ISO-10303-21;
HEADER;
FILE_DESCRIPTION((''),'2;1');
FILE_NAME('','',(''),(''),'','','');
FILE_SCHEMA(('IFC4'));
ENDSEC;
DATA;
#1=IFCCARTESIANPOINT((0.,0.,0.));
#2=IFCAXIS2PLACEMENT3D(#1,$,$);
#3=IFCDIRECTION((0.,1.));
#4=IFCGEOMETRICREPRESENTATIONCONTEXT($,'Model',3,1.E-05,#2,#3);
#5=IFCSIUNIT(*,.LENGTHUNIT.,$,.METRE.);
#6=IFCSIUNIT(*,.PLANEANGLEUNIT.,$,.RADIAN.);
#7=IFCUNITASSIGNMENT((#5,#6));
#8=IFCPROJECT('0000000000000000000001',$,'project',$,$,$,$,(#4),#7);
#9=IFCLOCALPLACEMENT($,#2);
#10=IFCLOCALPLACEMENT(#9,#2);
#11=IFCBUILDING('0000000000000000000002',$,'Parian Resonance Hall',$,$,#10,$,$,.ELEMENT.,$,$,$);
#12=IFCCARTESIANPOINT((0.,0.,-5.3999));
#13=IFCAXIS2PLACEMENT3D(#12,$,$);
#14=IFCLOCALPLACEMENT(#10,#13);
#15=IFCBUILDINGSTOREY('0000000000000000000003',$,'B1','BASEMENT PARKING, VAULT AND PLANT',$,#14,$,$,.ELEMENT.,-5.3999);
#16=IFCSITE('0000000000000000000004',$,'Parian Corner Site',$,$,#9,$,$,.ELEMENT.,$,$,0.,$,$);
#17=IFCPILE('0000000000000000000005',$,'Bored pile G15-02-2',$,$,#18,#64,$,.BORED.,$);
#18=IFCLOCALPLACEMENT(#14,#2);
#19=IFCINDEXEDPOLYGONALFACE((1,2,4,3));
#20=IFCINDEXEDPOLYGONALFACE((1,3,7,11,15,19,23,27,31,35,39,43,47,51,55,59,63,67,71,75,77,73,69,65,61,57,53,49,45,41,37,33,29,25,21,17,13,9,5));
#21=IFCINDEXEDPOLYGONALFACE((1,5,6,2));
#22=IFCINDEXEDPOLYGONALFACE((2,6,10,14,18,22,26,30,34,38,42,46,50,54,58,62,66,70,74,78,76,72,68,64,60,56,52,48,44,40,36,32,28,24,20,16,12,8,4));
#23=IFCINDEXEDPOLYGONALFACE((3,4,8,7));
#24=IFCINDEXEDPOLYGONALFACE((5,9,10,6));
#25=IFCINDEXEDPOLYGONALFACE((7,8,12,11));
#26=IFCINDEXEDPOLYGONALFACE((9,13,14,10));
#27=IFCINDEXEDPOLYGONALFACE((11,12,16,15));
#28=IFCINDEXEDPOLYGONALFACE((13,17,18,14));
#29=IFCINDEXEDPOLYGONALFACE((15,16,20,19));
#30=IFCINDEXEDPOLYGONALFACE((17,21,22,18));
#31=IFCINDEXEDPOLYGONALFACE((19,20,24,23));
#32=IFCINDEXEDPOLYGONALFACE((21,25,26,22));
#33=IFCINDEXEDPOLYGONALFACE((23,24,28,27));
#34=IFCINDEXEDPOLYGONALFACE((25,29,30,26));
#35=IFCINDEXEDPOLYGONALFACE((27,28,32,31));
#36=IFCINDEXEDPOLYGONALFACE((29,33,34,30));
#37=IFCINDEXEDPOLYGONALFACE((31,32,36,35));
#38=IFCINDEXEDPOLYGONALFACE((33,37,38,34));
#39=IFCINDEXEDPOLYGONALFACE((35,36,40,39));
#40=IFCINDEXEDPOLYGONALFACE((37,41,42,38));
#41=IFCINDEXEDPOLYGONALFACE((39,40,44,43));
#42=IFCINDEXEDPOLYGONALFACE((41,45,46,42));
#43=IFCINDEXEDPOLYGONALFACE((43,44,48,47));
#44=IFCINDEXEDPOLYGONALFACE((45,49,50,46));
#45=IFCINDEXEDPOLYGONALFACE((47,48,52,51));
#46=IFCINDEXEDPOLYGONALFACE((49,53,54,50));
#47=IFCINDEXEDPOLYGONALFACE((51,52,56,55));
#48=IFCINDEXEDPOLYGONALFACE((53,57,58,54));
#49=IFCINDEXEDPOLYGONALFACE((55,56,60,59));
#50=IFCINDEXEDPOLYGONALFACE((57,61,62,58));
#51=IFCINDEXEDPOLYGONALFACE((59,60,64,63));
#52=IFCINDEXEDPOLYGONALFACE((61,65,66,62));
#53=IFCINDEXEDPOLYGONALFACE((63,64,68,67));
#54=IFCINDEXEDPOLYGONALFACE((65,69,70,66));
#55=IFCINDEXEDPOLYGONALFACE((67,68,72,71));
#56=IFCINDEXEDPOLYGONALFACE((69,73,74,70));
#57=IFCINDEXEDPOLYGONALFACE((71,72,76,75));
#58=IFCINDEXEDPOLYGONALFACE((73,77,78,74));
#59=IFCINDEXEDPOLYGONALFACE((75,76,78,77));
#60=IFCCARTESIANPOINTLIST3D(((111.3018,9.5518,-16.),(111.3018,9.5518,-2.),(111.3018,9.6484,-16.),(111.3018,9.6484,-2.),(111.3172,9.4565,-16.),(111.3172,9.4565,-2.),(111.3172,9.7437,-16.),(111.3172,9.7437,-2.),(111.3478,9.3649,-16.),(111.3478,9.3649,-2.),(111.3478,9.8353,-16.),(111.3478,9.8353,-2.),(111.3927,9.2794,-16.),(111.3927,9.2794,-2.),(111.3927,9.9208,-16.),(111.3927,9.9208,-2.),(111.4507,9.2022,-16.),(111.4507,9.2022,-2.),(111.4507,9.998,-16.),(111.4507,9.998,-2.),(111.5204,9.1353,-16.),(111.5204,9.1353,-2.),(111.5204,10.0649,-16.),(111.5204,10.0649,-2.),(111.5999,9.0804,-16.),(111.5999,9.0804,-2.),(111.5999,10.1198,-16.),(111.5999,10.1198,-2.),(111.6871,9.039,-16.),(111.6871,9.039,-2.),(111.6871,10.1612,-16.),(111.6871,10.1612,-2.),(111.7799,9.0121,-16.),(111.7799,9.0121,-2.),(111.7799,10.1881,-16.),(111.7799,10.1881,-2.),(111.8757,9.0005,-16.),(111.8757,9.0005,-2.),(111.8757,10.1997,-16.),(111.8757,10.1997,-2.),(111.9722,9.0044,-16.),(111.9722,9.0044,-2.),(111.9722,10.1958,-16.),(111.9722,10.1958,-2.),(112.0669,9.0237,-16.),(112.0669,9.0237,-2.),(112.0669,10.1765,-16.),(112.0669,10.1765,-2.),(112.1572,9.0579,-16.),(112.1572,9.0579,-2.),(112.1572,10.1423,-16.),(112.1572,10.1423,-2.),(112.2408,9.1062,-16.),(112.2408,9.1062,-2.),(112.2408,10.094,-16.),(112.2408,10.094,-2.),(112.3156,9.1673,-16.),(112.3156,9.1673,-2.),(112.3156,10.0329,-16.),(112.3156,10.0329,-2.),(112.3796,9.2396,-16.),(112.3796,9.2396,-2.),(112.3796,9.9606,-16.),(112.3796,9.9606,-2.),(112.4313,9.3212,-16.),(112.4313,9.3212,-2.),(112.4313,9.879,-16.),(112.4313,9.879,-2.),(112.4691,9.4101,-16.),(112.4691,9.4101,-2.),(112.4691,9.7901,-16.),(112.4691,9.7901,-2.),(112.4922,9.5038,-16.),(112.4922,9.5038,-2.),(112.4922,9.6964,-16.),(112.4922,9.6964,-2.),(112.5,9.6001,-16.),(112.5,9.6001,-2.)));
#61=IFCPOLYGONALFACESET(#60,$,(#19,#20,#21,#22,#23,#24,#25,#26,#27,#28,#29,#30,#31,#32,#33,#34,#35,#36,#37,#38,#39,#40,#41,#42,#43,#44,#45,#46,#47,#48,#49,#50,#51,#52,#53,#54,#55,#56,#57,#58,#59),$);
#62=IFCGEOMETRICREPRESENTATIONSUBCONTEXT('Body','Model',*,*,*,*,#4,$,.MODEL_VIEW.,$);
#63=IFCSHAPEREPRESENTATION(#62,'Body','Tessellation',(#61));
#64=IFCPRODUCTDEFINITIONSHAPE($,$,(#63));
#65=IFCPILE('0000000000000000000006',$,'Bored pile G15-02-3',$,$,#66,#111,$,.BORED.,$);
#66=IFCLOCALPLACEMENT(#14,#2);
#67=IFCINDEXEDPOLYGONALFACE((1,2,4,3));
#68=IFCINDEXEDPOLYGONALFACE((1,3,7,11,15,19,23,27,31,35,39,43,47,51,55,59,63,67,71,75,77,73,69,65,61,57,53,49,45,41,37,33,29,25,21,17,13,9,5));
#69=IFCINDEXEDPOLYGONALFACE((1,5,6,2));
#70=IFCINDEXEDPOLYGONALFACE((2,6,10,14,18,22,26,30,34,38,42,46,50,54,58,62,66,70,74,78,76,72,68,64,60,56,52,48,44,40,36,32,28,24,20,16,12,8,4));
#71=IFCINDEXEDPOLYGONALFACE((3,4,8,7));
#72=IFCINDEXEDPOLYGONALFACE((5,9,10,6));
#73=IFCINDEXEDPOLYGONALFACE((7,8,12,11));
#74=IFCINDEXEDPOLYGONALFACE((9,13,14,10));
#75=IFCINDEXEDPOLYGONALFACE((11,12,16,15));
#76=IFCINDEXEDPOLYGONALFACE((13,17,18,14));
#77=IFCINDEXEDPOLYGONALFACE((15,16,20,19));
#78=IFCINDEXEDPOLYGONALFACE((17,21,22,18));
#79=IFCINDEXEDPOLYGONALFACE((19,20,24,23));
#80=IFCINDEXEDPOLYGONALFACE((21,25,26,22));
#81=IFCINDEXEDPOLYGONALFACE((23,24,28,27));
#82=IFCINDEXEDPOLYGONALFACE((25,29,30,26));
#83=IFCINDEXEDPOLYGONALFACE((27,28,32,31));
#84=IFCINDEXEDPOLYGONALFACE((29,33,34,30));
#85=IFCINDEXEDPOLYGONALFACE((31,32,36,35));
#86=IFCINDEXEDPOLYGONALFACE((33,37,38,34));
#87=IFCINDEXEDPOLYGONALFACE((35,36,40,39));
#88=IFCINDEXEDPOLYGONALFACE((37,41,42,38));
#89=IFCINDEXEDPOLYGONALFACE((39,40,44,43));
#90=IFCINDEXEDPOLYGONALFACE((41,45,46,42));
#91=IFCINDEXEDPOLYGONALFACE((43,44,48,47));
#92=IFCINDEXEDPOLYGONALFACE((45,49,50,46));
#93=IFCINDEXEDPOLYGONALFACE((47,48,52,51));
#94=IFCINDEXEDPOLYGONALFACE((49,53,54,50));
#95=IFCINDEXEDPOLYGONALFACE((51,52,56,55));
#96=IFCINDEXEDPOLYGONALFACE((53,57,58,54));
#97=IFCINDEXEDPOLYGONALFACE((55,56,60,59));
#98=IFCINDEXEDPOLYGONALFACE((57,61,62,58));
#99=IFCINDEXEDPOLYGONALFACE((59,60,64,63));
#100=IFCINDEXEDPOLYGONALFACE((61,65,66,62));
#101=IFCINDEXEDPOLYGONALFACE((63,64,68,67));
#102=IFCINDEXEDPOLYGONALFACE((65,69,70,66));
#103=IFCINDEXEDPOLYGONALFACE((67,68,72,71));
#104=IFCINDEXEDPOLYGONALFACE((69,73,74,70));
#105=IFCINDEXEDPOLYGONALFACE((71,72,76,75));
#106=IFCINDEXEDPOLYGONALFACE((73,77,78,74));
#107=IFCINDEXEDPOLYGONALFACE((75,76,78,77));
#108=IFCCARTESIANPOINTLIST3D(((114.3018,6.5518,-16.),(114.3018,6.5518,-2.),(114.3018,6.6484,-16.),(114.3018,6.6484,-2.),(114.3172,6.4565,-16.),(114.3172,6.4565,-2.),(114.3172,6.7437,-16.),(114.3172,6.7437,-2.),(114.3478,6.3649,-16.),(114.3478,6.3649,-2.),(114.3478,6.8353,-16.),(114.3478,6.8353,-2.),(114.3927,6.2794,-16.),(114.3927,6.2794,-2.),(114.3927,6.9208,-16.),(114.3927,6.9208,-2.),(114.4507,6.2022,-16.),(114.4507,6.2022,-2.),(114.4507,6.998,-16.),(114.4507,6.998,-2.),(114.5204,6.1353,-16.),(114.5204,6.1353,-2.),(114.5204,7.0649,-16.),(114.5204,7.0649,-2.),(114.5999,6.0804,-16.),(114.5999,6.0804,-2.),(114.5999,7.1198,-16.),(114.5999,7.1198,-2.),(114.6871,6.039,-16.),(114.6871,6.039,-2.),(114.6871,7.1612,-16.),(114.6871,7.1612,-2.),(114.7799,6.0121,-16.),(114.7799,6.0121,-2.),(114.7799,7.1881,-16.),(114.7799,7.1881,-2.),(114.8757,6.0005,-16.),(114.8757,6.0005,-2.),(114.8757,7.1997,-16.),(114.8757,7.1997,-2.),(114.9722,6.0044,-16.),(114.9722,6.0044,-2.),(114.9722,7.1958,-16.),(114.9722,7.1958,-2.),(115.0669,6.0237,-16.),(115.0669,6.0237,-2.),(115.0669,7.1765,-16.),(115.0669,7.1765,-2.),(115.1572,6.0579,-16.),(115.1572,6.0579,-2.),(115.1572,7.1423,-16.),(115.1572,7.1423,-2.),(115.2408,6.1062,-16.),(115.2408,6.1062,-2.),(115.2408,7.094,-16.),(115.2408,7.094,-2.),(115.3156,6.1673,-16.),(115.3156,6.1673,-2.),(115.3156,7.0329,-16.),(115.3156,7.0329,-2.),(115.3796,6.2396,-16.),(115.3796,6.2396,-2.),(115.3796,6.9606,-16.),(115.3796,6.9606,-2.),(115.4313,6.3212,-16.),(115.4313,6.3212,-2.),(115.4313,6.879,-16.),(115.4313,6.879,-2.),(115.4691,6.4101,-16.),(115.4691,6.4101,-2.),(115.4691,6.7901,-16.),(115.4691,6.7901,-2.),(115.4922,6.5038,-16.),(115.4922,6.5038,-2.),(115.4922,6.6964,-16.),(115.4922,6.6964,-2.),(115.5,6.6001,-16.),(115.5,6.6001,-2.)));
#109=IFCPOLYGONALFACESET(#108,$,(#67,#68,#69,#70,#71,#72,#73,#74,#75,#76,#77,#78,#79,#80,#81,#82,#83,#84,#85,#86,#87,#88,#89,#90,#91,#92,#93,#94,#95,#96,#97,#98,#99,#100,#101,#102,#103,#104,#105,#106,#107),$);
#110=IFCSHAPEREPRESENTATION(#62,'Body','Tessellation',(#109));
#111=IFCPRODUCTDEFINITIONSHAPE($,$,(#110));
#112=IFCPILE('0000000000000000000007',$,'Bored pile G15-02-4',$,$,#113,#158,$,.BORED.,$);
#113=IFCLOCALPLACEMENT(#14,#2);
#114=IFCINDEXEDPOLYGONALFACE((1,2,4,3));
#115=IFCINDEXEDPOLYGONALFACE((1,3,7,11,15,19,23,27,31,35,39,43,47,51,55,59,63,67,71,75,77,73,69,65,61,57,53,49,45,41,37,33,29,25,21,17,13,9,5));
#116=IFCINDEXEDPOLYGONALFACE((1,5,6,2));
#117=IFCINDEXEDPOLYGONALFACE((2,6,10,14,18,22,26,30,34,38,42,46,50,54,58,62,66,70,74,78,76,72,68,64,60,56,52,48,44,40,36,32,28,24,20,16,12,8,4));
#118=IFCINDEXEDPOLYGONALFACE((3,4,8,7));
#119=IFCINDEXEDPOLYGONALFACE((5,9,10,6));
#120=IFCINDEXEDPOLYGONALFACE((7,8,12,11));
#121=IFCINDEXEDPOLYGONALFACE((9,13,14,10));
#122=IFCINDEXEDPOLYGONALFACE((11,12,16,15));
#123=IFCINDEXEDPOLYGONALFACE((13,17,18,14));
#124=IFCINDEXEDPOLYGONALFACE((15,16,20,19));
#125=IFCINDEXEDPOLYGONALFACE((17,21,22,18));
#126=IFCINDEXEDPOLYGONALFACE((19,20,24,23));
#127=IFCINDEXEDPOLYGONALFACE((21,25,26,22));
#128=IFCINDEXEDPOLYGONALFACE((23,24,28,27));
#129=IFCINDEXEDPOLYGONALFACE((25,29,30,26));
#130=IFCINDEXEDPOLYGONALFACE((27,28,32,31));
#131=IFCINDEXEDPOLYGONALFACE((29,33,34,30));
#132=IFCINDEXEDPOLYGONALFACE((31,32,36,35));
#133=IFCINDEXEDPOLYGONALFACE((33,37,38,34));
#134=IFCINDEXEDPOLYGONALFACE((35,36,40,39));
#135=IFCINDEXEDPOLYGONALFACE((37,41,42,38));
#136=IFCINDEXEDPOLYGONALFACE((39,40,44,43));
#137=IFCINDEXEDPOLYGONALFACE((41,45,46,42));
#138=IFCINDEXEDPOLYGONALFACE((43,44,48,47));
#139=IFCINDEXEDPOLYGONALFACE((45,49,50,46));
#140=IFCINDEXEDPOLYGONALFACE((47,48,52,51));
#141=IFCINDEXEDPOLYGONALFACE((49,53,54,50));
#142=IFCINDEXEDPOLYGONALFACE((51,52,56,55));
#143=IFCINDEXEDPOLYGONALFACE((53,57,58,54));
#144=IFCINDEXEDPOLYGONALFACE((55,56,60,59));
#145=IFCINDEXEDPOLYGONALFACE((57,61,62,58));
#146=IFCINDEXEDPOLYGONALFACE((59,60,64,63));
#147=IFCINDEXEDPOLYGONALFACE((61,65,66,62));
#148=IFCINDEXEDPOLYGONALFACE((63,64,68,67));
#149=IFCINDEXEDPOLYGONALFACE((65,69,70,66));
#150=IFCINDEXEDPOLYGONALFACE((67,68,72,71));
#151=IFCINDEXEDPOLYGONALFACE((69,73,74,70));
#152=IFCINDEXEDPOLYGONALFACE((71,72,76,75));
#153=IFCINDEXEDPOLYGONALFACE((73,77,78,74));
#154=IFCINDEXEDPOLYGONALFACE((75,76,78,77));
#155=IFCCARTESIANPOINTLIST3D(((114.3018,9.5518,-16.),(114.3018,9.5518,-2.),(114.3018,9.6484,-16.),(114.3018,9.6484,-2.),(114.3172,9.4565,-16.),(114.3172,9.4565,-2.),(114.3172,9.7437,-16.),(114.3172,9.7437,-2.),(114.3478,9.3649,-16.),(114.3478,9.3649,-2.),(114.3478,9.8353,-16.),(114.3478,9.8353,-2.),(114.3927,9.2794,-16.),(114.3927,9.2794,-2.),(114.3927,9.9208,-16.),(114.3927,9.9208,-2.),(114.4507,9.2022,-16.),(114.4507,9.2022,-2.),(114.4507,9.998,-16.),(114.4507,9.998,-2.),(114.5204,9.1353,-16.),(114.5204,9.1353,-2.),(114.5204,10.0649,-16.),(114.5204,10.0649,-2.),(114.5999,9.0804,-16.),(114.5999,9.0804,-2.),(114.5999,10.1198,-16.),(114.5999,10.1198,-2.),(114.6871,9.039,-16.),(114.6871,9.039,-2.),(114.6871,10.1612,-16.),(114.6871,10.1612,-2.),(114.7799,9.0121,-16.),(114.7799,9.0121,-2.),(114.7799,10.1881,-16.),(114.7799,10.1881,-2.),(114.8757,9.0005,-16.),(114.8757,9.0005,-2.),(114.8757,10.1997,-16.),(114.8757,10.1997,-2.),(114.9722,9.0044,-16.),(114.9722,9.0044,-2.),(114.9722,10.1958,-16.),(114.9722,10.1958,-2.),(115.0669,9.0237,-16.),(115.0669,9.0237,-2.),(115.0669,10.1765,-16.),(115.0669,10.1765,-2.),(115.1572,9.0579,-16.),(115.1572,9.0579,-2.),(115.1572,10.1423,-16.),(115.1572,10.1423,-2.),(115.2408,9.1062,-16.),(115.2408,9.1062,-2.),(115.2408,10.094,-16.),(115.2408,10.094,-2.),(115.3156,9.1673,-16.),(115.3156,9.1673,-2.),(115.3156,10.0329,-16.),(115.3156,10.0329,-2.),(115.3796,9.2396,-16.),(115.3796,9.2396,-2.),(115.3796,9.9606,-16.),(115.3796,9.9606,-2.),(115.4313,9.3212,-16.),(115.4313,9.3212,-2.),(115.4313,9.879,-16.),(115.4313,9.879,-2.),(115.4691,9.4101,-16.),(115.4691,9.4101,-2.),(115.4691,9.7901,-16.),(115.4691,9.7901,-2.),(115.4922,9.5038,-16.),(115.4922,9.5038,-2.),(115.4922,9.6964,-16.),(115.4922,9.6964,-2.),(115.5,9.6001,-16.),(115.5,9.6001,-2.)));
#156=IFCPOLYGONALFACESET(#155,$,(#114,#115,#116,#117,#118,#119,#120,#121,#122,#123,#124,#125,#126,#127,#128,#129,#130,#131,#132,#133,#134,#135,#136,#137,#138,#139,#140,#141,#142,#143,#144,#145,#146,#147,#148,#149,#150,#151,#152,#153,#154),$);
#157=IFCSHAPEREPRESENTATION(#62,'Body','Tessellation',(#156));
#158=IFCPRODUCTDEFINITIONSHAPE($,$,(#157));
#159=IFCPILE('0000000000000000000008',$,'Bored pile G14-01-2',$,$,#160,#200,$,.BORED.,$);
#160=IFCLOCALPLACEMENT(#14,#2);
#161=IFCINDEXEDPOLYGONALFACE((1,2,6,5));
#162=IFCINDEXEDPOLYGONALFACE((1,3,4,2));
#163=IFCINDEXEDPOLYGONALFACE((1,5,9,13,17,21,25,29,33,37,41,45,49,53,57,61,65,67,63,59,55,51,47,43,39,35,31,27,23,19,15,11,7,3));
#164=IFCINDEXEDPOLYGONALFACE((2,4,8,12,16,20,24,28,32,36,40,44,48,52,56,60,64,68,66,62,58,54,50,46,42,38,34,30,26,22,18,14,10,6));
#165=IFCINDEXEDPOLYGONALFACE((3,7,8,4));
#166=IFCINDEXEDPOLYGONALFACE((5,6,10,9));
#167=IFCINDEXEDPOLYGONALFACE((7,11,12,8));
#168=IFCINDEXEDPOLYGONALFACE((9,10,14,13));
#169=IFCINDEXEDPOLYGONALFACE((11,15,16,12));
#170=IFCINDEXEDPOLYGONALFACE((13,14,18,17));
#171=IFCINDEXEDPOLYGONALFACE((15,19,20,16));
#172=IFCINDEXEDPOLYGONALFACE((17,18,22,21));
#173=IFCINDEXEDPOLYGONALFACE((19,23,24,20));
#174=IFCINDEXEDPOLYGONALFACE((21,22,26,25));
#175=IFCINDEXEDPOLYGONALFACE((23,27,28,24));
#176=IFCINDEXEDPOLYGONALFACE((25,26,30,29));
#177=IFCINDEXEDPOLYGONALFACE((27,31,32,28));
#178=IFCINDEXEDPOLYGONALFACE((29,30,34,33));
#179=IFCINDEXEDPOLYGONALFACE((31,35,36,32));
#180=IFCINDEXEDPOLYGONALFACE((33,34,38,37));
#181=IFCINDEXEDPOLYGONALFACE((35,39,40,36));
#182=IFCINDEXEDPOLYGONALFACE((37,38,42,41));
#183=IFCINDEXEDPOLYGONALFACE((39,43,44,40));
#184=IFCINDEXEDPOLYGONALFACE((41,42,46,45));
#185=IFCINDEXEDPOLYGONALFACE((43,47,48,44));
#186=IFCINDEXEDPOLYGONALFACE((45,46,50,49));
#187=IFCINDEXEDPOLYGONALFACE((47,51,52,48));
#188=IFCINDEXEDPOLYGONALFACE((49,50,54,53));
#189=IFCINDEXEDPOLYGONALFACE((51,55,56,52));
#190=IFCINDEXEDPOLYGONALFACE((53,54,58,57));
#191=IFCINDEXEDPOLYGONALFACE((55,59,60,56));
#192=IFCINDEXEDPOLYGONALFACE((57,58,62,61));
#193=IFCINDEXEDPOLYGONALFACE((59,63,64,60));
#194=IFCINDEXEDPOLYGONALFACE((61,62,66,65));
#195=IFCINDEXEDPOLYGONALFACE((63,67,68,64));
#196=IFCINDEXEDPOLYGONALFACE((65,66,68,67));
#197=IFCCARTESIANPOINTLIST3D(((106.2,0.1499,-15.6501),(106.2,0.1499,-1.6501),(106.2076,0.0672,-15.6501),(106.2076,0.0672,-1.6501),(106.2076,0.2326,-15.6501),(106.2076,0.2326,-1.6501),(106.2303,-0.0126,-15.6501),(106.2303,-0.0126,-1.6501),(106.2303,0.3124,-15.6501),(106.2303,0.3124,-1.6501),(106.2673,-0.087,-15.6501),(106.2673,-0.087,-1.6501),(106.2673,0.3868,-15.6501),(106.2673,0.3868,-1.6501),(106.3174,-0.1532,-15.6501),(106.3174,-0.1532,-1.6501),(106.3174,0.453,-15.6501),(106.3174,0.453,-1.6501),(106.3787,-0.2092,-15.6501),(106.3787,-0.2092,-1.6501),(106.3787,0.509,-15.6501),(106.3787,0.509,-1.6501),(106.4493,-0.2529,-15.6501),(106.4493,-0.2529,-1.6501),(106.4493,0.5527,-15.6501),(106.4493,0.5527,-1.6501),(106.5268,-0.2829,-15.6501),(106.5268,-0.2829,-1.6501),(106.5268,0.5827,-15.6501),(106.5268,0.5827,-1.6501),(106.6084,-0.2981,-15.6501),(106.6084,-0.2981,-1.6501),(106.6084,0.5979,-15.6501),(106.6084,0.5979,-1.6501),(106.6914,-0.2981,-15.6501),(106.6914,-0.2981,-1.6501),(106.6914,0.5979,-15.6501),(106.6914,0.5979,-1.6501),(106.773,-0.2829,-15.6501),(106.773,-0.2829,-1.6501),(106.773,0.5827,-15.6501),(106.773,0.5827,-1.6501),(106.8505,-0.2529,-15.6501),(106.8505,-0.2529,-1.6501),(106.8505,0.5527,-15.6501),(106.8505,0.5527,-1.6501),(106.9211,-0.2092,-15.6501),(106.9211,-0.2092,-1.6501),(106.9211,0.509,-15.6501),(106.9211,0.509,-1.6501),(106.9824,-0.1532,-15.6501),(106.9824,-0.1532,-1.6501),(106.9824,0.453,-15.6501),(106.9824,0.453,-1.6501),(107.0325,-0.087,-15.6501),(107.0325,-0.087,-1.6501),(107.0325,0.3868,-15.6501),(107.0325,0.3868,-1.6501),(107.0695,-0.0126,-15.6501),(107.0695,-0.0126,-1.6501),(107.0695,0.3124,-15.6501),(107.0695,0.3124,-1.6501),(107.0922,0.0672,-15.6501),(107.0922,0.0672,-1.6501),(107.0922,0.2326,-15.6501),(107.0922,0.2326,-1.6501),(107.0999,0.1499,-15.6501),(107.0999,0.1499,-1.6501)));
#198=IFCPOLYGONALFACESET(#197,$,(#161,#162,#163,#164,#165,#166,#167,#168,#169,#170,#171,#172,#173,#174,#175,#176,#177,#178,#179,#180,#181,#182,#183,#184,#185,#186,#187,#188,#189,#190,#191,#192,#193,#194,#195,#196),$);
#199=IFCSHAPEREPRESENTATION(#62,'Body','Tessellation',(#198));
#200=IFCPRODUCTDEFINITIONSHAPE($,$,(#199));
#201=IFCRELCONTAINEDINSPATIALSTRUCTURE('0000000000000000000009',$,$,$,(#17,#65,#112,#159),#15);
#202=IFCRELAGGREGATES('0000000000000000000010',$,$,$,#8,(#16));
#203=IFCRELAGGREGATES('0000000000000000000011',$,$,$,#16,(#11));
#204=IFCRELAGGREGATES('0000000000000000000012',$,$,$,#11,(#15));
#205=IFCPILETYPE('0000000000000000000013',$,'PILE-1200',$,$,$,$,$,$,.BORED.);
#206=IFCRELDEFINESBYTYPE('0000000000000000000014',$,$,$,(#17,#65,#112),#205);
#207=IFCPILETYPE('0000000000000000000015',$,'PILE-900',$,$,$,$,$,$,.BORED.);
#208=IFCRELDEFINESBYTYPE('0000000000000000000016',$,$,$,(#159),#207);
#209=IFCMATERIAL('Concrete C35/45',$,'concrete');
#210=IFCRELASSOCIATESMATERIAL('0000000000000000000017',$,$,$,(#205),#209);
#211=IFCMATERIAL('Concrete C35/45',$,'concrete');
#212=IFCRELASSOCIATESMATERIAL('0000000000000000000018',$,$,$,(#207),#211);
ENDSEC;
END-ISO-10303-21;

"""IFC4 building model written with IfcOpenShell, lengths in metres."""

from ifc_helpers import new_model, si_unit, direction, frame, origin, origin_2d, place, context, subcontext, project, spatial, circle, extrude, material, material_profile, profile_set, type_object, element, save


model = new_model("IFC4")

# Units and contexts
model_context = context("Model", 3, precision=1e-05, world=origin(), true_north=direction((0.0, 1.0)))
body_context = subcontext(model_context, "Body", "Model", "MODEL_VIEW")
ifc_project = project(units=[si_unit("LENGTHUNIT", "METRE"), si_unit("PLANEANGLEUNIT", "RADIAN")], contexts=[model_context])

# Site, building, storey
site_placement = place(None, origin())
site = spatial("IfcSite", under=ifc_project, at=site_placement, Name="Parian Corner Site", CompositionType="ELEMENT", RefElevation=0.0)
building_placement = place(site_placement, origin())
building = spatial("IfcBuilding", under=site, at=building_placement, Name="Parian Resonance Hall", CompositionType="ELEMENT")
storey_placement = place(building_placement, frame((0.0, 0.0, -5.3999)))
storey = spatial("IfcBuildingStorey", under=building, at=storey_placement, Name="B1", Description="BASEMENT PARKING, VAULT AND PLANT", CompositionType="ELEMENT", Elevation=-5.3999)

# Piles
ifc_material_1 = material(Name="Concrete C35/45", Category="concrete")
ifc_material_profile_1 = material_profile(ifc_material_1, circle(Radius=0.6001, at=origin_2d()), Name="PILE-D1200")
ifc_profile_set_1 = profile_set([ifc_material_profile_1], Name="Concrete C35/45")
pile_type_1 = type_object("IfcPileType", Name="PILE-1200", PredefinedType="BORED", material=ifc_profile_set_1)
for number, where, z_axis, x_axis, name in (
    (1, (111.8999, 9.6001, -2.0), (0.0, 0.0, -1.0), (1.0, 0.0, 0.0), "Bored pile G15-02-2"),
    (2, (114.8999, 6.6001, -2.0), (0.0, 0.0, -1.0), (1.0, 0.0, 0.0), "Bored pile G15-02-3"),
    (3, (114.8999, 9.6001, -2.0), (0.0, 0.0, -1.0), (1.0, 0.0, 0.0), "Bored pile G15-02-4"),
):
    element("IfcPile", number, at=place(storey_placement, frame(where, z_axis=z_axis, x_axis=x_axis)), inside=storey, type_object=pile_type_1, Name=name, PredefinedType="BORED", context=body_context, shape_type="SweptSolid", body=[
        extrude(circle(Radius=0.6001, at=origin_2d()), origin(), (0.0, 0.0, 1.0), 14.0),
    ])
ifc_material_2 = material(Name="Concrete C35/45", Category="concrete")
ifc_material_profile_2 = material_profile(ifc_material_2, circle(Radius=0.45, at=origin_2d()), Name="PILE-D900")
ifc_profile_set_2 = profile_set([ifc_material_profile_2], Name="Concrete C35/45")
pile_type_2 = type_object("IfcPileType", Name="PILE-900", PredefinedType="BORED", material=ifc_profile_set_2)
for number, where, z_axis, x_axis, name in (
    (4, (106.6499, 0.1499, -1.6501), (0.0, 0.0, -1.0), (1.0, 0.0, 0.0), "Bored pile G14-01-2"),
):
    element("IfcPile", number, at=place(storey_placement, frame(where, z_axis=z_axis, x_axis=x_axis)), inside=storey, type_object=pile_type_2, Name=name, PredefinedType="BORED", context=body_context, shape_type="SweptSolid", body=[
        extrude(circle(Radius=0.45, at=origin_2d()), origin(), (0.0, 0.0, 1.0), 14.0),
    ])

save(model, "model.ifc")
